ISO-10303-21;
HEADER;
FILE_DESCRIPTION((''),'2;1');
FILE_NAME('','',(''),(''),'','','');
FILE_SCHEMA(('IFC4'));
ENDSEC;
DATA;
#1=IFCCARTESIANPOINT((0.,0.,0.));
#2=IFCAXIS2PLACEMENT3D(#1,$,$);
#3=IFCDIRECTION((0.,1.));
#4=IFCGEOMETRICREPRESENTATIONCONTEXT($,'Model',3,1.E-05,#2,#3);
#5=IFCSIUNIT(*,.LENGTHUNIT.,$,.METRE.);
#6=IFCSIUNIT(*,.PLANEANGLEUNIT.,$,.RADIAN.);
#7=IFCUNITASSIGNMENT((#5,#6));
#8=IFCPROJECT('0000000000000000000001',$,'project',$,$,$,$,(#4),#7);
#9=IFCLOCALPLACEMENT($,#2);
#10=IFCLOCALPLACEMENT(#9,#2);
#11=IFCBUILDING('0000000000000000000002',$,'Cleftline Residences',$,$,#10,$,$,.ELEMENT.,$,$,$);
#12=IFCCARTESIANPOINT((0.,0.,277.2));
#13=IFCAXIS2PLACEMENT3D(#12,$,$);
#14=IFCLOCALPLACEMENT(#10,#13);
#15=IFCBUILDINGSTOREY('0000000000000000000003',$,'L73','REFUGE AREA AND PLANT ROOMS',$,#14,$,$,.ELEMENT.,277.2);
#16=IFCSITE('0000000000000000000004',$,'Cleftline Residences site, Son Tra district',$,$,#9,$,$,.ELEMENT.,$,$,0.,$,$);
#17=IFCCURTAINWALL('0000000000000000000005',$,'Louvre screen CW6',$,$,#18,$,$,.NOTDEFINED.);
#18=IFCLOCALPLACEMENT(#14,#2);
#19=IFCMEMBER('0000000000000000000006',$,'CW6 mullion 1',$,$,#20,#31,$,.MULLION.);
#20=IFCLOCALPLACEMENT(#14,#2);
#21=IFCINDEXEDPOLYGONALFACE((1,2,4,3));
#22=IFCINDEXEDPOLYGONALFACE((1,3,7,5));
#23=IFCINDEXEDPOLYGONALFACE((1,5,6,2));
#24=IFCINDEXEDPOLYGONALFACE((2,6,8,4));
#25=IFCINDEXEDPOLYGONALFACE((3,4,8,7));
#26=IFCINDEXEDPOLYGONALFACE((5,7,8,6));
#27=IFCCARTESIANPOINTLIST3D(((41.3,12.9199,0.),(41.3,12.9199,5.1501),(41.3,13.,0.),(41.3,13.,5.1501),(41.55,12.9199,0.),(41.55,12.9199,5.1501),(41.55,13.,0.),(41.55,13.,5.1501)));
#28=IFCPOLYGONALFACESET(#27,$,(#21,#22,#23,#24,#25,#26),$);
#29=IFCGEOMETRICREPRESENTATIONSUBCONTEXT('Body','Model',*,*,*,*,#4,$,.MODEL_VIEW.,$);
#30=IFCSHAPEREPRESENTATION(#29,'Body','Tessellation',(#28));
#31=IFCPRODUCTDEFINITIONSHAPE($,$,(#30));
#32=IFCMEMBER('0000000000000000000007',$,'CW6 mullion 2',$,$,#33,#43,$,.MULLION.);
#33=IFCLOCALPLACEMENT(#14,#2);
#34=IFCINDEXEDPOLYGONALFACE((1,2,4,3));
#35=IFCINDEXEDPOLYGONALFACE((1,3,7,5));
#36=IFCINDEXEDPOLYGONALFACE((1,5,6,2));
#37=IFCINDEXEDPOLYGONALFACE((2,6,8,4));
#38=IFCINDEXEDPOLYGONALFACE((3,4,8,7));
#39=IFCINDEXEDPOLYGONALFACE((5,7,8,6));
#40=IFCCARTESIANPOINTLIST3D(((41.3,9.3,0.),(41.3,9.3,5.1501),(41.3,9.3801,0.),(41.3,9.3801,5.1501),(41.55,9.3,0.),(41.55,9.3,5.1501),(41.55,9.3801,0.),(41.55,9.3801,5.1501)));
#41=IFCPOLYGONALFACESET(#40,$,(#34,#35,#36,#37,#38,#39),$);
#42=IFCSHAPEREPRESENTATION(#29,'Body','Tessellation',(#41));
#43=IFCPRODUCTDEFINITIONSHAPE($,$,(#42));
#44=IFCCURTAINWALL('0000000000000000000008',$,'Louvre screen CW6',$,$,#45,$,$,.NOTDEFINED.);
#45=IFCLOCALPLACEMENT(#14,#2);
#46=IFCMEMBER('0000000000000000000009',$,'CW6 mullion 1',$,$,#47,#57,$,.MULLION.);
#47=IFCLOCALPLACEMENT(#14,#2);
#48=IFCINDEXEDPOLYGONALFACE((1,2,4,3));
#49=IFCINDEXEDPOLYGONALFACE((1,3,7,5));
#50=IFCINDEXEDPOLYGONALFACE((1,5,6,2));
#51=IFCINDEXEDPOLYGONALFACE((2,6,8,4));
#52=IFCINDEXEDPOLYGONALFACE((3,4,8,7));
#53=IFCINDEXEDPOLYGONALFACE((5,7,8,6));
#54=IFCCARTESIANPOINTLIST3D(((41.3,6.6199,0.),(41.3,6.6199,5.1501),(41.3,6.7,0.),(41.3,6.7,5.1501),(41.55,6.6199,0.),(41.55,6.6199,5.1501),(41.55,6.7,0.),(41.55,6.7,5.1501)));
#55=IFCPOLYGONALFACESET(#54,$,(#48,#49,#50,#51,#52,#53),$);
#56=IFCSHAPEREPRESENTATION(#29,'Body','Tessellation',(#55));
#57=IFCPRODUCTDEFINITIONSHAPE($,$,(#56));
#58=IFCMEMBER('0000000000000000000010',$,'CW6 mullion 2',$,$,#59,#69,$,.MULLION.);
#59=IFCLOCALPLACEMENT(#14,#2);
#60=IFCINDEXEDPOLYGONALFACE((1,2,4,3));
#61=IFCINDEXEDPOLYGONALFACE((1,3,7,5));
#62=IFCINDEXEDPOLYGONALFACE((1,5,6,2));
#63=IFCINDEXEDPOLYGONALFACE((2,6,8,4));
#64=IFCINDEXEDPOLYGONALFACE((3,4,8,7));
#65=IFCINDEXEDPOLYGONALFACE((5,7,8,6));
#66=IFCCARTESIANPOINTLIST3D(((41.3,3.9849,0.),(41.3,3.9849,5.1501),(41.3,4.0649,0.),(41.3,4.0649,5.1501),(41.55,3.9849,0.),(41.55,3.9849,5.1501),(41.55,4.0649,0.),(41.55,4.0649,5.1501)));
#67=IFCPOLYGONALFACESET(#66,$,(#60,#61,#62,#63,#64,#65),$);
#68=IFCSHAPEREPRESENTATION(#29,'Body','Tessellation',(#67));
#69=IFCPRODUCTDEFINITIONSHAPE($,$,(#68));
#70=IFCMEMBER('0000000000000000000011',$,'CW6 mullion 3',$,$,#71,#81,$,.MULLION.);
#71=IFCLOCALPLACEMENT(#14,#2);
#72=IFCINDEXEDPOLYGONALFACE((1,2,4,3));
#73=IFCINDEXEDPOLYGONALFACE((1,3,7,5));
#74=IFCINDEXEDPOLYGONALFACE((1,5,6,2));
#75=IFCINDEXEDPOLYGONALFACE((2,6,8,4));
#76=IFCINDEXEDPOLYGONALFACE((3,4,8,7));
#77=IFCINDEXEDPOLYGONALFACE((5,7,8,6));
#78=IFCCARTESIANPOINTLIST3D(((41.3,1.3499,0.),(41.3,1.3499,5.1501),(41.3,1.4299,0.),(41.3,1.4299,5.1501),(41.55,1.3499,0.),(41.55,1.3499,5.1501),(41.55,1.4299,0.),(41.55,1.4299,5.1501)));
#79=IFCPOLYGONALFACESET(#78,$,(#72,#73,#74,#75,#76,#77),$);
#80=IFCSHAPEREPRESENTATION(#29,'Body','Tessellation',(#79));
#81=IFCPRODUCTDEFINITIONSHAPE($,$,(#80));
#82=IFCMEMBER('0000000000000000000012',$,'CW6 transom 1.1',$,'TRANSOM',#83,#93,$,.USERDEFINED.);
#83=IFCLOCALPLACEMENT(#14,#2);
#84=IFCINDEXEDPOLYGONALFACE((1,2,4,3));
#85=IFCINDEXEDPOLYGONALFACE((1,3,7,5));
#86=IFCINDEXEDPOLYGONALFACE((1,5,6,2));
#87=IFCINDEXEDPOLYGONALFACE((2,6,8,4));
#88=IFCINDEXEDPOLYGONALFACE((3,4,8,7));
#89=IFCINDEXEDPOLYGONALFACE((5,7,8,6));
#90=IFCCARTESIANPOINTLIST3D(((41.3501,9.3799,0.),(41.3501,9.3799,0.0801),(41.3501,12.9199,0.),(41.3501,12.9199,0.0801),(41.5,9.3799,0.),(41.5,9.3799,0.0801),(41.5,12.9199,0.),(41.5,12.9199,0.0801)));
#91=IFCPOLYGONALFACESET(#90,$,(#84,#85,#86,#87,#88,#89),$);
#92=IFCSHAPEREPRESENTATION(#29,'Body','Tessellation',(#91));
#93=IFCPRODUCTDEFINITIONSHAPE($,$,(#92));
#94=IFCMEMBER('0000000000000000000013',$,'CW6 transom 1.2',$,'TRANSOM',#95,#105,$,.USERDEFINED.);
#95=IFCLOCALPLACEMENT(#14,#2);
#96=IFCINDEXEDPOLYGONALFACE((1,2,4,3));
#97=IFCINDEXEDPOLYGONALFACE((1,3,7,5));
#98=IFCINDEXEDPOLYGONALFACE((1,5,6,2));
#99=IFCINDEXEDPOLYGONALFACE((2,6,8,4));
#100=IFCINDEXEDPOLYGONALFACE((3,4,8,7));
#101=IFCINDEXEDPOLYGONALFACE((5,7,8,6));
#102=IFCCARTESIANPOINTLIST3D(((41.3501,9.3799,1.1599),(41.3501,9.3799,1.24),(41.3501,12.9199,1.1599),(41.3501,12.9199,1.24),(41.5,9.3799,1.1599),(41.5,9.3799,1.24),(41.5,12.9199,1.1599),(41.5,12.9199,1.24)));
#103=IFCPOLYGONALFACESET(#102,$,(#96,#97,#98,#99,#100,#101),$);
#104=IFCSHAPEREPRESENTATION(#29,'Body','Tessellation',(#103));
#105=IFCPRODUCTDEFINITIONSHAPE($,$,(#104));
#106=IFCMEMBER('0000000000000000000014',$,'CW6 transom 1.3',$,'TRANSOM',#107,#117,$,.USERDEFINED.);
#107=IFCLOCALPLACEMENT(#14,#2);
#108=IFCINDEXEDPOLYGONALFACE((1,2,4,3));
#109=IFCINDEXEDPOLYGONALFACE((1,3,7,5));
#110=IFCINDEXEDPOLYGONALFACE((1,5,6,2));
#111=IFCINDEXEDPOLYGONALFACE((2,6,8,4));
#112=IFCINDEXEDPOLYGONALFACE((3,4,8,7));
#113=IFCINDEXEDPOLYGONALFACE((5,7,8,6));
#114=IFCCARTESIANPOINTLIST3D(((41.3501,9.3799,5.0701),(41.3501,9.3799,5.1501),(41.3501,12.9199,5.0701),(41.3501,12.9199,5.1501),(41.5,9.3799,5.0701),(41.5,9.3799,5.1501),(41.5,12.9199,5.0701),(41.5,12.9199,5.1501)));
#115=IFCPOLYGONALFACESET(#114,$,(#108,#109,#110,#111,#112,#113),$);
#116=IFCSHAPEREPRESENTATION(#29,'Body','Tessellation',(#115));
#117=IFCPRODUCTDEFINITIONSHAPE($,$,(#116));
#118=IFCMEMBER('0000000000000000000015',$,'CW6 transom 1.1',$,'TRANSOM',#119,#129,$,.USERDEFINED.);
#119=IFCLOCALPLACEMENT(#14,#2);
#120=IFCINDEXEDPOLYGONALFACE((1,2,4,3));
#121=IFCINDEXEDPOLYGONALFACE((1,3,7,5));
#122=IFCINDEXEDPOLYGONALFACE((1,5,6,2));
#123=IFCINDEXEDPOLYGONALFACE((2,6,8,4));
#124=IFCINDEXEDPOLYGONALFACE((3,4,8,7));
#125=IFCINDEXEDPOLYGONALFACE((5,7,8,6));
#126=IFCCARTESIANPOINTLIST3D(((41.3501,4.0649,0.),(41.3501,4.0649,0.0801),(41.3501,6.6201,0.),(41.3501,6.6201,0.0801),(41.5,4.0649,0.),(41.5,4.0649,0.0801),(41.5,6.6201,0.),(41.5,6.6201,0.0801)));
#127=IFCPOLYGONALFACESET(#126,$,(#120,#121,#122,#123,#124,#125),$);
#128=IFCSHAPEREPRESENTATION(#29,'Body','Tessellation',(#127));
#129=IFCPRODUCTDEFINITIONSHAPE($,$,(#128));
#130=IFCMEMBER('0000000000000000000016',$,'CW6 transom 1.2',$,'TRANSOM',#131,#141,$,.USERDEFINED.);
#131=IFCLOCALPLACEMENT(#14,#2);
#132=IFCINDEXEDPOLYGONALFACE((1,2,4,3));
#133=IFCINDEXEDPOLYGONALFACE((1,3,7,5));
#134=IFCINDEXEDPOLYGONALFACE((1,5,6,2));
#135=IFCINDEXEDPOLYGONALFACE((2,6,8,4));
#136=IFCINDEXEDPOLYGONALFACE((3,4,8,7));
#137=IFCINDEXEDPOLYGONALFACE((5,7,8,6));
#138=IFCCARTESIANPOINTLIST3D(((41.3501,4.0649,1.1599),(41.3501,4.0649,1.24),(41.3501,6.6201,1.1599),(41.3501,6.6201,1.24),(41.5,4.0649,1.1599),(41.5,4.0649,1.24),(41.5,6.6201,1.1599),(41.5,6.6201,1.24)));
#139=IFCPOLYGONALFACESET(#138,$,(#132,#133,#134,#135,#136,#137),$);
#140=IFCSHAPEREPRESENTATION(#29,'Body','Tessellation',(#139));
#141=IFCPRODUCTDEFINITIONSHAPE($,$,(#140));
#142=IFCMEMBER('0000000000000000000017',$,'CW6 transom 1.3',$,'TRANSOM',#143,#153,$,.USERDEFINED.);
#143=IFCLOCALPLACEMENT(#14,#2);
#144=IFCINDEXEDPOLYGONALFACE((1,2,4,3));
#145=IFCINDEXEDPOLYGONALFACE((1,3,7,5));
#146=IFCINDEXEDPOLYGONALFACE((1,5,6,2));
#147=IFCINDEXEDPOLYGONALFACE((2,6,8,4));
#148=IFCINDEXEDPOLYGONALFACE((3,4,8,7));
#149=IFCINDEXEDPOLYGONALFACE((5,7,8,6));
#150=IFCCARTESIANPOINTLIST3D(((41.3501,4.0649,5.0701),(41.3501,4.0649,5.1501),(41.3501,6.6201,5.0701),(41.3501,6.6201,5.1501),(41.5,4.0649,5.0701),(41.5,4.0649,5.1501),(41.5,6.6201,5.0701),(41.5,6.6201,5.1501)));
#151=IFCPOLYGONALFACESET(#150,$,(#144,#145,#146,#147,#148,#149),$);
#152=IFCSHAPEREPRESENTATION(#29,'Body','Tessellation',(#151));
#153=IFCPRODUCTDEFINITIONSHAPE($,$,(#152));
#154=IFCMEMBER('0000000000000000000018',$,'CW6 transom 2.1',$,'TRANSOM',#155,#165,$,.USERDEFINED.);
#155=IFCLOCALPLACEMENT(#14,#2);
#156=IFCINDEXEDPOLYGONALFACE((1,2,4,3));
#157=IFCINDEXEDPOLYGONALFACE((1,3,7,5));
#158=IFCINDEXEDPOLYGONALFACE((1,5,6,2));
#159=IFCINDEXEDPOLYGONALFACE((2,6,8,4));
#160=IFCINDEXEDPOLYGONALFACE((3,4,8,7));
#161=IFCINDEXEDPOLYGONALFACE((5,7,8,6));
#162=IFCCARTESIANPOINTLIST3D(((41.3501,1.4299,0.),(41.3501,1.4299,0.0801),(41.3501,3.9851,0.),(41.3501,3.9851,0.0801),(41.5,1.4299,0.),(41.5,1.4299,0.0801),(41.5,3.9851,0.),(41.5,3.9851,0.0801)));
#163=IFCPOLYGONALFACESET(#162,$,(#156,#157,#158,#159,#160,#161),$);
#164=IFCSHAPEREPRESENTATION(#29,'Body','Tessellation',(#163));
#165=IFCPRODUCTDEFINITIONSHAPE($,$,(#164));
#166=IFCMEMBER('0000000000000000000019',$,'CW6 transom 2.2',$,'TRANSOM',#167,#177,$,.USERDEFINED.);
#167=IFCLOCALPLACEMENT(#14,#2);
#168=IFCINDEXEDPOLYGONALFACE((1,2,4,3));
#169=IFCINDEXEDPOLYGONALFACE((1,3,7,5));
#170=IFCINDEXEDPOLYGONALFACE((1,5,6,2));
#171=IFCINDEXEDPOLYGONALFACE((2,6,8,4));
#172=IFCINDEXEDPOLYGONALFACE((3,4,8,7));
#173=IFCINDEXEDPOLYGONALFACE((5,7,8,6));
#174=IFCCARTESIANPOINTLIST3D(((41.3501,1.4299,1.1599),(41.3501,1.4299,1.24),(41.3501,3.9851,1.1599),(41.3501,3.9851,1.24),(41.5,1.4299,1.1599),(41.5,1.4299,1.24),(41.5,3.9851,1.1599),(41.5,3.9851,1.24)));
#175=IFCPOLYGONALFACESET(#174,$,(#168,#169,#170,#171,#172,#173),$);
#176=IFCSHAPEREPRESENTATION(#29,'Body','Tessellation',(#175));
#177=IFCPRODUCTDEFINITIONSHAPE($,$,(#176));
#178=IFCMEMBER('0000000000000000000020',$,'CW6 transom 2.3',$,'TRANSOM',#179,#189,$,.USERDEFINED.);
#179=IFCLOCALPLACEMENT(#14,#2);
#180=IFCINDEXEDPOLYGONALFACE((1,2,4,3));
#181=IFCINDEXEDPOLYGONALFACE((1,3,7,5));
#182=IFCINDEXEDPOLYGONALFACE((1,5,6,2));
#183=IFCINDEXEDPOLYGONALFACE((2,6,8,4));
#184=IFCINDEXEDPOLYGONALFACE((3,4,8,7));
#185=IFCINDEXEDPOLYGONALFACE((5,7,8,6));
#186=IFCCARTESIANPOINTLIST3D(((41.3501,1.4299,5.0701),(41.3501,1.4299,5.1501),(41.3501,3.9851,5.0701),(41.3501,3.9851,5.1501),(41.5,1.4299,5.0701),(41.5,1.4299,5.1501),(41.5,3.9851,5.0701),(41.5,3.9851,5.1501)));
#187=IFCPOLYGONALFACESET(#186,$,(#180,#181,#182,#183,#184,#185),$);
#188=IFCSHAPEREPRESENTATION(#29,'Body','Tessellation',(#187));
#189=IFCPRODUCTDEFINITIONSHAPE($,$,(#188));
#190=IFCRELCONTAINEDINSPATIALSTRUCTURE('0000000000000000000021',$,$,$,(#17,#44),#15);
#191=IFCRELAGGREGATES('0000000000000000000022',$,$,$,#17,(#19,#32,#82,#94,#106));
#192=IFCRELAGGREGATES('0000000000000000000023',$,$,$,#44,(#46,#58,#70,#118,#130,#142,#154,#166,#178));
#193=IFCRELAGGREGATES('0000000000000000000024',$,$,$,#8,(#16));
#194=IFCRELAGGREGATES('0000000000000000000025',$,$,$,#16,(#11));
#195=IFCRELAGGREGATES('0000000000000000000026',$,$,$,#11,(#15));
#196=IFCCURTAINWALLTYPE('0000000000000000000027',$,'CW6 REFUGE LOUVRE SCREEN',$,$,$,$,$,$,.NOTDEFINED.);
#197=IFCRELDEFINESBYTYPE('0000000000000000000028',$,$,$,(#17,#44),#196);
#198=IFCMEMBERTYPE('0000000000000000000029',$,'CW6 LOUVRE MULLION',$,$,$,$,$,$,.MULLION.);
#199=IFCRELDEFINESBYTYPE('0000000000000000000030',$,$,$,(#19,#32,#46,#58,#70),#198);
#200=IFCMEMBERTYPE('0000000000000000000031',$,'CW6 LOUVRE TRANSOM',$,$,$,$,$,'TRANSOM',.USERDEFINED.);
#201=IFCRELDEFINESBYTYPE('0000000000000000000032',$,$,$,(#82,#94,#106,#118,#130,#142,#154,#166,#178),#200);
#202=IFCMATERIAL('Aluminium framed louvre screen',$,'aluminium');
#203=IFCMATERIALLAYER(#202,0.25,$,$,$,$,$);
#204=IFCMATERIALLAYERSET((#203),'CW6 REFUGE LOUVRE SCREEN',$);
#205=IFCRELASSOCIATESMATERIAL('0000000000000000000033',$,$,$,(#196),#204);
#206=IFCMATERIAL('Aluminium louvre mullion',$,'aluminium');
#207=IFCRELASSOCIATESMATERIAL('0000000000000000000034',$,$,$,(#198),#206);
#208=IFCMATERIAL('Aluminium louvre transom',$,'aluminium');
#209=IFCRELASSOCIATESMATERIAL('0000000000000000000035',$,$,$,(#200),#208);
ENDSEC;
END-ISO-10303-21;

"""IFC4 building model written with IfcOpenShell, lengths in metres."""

from ifc_helpers import new_model, si_unit, direction, frame, origin, origin_2d, place, context, subcontext, project, spatial, rectangle, extrude, material, layer, layer_set, material_profile, profile_set, type_object, element, aggregate, save


model = new_model("IFC4")

# Units and contexts
model_context = context("Model", 3, precision=1e-05, world=origin(), true_north=direction((0.0, 1.0)))
body_context = subcontext(model_context, "Body", "Model", "MODEL_VIEW")
ifc_project = project(units=[si_unit("LENGTHUNIT", "METRE"), si_unit("PLANEANGLEUNIT", "RADIAN")], contexts=[model_context])

# Site, building, storey
site_placement = place(None, origin())
site = spatial("IfcSite", under=ifc_project, at=site_placement, Name="Cleftline Residences site, Son Tra district", CompositionType="ELEMENT", RefElevation=0.0)
building_placement = place(site_placement, origin())
building = spatial("IfcBuilding", under=site, at=building_placement, Name="Cleftline Residences", CompositionType="ELEMENT")
storey_placement = place(building_placement, frame((0.0, 0.0, 277.2)))
storey = spatial("IfcBuildingStorey", under=building, at=storey_placement, Name="L73", Description="REFUGE AREA AND PLANT ROOMS", CompositionType="ELEMENT", Elevation=277.2)

# Curtain walls, members
ifc_material_1 = material(Name="Aluminium framed louvre screen", Category="aluminium")
ifc_layer_1 = layer(ifc_material_1, 0.25)
ifc_layer_set_1 = layer_set([ifc_layer_1], Name="CW6 REFUGE LOUVRE SCREEN")
curtain_wall_type = type_object("IfcCurtainWallType", Name="CW6 REFUGE LOUVRE SCREEN", PredefinedType="NOTDEFINED", material=ifc_layer_set_1)
curtain_wall_1_placement = place(storey_placement, origin())
curtain_wall_1 = element("IfcCurtainWall", 1, at=curtain_wall_1_placement, inside=storey, type_object=curtain_wall_type, Name="Louvre screen CW6", PredefinedType="NOTDEFINED")
ifc_material_2 = material(Name="Aluminium louvre mullion", Category="aluminium")
ifc_material_profile_1 = material_profile(ifc_material_2, rectangle(XDim=0.25, YDim=0.0801, at=origin_2d()))
ifc_profile_set_1 = profile_set([ifc_material_profile_1], Name="Aluminium louvre mullion")
member_type_1 = type_object("IfcMemberType", Name="CW6 LOUVRE MULLION", PredefinedType="MULLION", material=ifc_profile_set_1)
member_1_placement = place(storey_placement, frame((41.425, 12.96, 0.0), z_axis=(0.0, 0.0, 1.0), x_axis=(1.0, 0.0, 0.0)))
member_1 = element("IfcMember", 2, at=member_1_placement, type_object=member_type_1, Name="CW6 mullion 1", PredefinedType="MULLION", context=body_context, shape_type="SweptSolid", body=[
    extrude(rectangle(XDim=0.25, YDim=0.0801, at=origin_2d()), origin(), (0.0, 0.0, 1.0), 5.1501),
])
member_2_placement = place(storey_placement, frame((41.425, 9.3401, 0.0), z_axis=(0.0, 0.0, 1.0), x_axis=(1.0, 0.0, 0.0)))
member_2 = element("IfcMember", 3, at=member_2_placement, type_object=member_type_1, Name="CW6 mullion 2", PredefinedType="MULLION", context=body_context, shape_type="SweptSolid", body=[
    extrude(rectangle(XDim=0.25, YDim=0.0801, at=origin_2d()), origin(), (0.0, 0.0, 1.0), 5.1501),
])
curtain_wall_2_placement = place(storey_placement, origin())
curtain_wall_2 = element("IfcCurtainWall", 4, at=curtain_wall_2_placement, inside=storey, type_object=curtain_wall_type, Name="Louvre screen CW6", PredefinedType="NOTDEFINED")
member_3_placement = place(storey_placement, frame((41.425, 6.6599, 0.0), z_axis=(0.0, 0.0, 1.0), x_axis=(1.0, 0.0, 0.0)))
member_3 = element("IfcMember", 5, at=member_3_placement, type_object=member_type_1, Name="CW6 mullion 1", PredefinedType="MULLION", context=body_context, shape_type="SweptSolid", body=[
    extrude(rectangle(XDim=0.25, YDim=0.0801, at=origin_2d()), origin(), (0.0, 0.0, 1.0), 5.1501),
])
member_4_placement = place(storey_placement, frame((41.425, 4.0249, 0.0), z_axis=(0.0, 0.0, 1.0), x_axis=(1.0, 0.0, 0.0)))
member_4 = element("IfcMember", 6, at=member_4_placement, type_object=member_type_1, Name="CW6 mullion 2", PredefinedType="MULLION", context=body_context, shape_type="SweptSolid", body=[
    extrude(rectangle(XDim=0.25, YDim=0.0801, at=origin_2d()), origin(), (0.0, 0.0, 1.0), 5.1501),
])
member_5_placement = place(storey_placement, frame((41.425, 1.3899, 0.0), z_axis=(0.0, 0.0, 1.0), x_axis=(1.0, 0.0, 0.0)))
member_5 = element("IfcMember", 7, at=member_5_placement, type_object=member_type_1, Name="CW6 mullion 3", PredefinedType="MULLION", context=body_context, shape_type="SweptSolid", body=[
    extrude(rectangle(XDim=0.25, YDim=0.0801, at=origin_2d()), origin(), (0.0, 0.0, 1.0), 5.1501),
])

# Members
ifc_material_3 = material(Name="Aluminium louvre transom", Category="aluminium")
ifc_material_profile_2 = material_profile(ifc_material_3, rectangle(XDim=0.1499, YDim=0.0801, at=origin_2d()))
ifc_profile_set_2 = profile_set([ifc_material_profile_2], Name="Aluminium louvre transom")
member_type_2 = type_object("IfcMemberType", Name="CW6 LOUVRE TRANSOM", ElementType="TRANSOM", PredefinedType="USERDEFINED", material=ifc_profile_set_2)
member_6_placement = place(storey_placement, frame((41.425, 12.9199, 0.04), z_axis=(0.0, -1.0, 0.0), x_axis=(1.0, 0.0, 0.0)))
member_6 = element("IfcMember", 8, at=member_6_placement, type_object=member_type_2, Name="CW6 transom 1.1", ObjectType="TRANSOM", PredefinedType="USERDEFINED", context=body_context, shape_type="SweptSolid", body=[
    extrude(rectangle(XDim=0.1499, YDim=0.0801, at=origin_2d()), origin(), (0.0, 0.0, 1.0), 3.54),
])
member_7_placement = place(storey_placement, frame((41.425, 12.9199, 1.2), z_axis=(0.0, -1.0, 0.0), x_axis=(1.0, 0.0, 0.0)))
member_7 = element("IfcMember", 9, at=member_7_placement, type_object=member_type_2, Name="CW6 transom 1.2", ObjectType="TRANSOM", PredefinedType="USERDEFINED", context=body_context, shape_type="SweptSolid", body=[
    extrude(rectangle(XDim=0.1499, YDim=0.0801, at=origin_2d()), origin(), (0.0, 0.0, 1.0), 3.54),
])
member_8_placement = place(storey_placement, frame((41.425, 12.9199, 5.1101), z_axis=(0.0, -1.0, 0.0), x_axis=(1.0, 0.0, 0.0)))
member_8 = element("IfcMember", 10, at=member_8_placement, type_object=member_type_2, Name="CW6 transom 1.3", ObjectType="TRANSOM", PredefinedType="USERDEFINED", context=body_context, shape_type="SweptSolid", body=[
    extrude(rectangle(XDim=0.1499, YDim=0.0801, at=origin_2d()), origin(), (0.0, 0.0, 1.0), 3.54),
])
member_9_placement = place(storey_placement, frame((41.425, 6.6201, 0.04), z_axis=(0.0, -1.0, 0.0), x_axis=(1.0, 0.0, 0.0)))
member_9 = element("IfcMember", 11, at=member_9_placement, type_object=member_type_2, Name="CW6 transom 1.1", ObjectType="TRANSOM", PredefinedType="USERDEFINED", context=body_context, shape_type="SweptSolid", body=[
    extrude(rectangle(XDim=0.1499, YDim=0.0801, at=origin_2d()), origin(), (0.0, 0.0, 1.0), 2.5552),
])
member_10_placement = place(storey_placement, frame((41.425, 6.6201, 1.2), z_axis=(0.0, -1.0, 0.0), x_axis=(1.0, 0.0, 0.0)))
member_10 = element("IfcMember", 12, at=member_10_placement, type_object=member_type_2, Name="CW6 transom 1.2", ObjectType="TRANSOM", PredefinedType="USERDEFINED", context=body_context, shape_type="SweptSolid", body=[
    extrude(rectangle(XDim=0.1499, YDim=0.0801, at=origin_2d()), origin(), (0.0, 0.0, 1.0), 2.5552),
])
member_11_placement = place(storey_placement, frame((41.425, 6.6201, 5.1101), z_axis=(0.0, -1.0, 0.0), x_axis=(1.0, 0.0, 0.0)))
member_11 = element("IfcMember", 13, at=member_11_placement, type_object=member_type_2, Name="CW6 transom 1.3", ObjectType="TRANSOM", PredefinedType="USERDEFINED", context=body_context, shape_type="SweptSolid", body=[
    extrude(rectangle(XDim=0.1499, YDim=0.0801, at=origin_2d()), origin(), (0.0, 0.0, 1.0), 2.5552),
])
member_12_placement = place(storey_placement, frame((41.425, 3.9851, 0.04), z_axis=(0.0, -1.0, 0.0), x_axis=(1.0, 0.0, 0.0)))
member_12 = element("IfcMember", 14, at=member_12_placement, type_object=member_type_2, Name="CW6 transom 2.1", ObjectType="TRANSOM", PredefinedType="USERDEFINED", context=body_context, shape_type="SweptSolid", body=[
    extrude(rectangle(XDim=0.1499, YDim=0.0801, at=origin_2d()), origin(), (0.0, 0.0, 1.0), 2.5552),
])
member_13_placement = place(storey_placement, frame((41.425, 3.9851, 1.2), z_axis=(0.0, -1.0, 0.0), x_axis=(1.0, 0.0, 0.0)))
member_13 = element("IfcMember", 15, at=member_13_placement, type_object=member_type_2, Name="CW6 transom 2.2", ObjectType="TRANSOM", PredefinedType="USERDEFINED", context=body_context, shape_type="SweptSolid", body=[
    extrude(rectangle(XDim=0.1499, YDim=0.0801, at=origin_2d()), origin(), (0.0, 0.0, 1.0), 2.5552),
])
member_14_placement = place(storey_placement, frame((41.425, 3.9851, 5.1101), z_axis=(0.0, -1.0, 0.0), x_axis=(1.0, 0.0, 0.0)))
member_14 = element("IfcMember", 16, at=member_14_placement, type_object=member_type_2, Name="CW6 transom 2.3", ObjectType="TRANSOM", PredefinedType="USERDEFINED", context=body_context, shape_type="SweptSolid", body=[
    extrude(rectangle(XDim=0.1499, YDim=0.0801, at=origin_2d()), origin(), (0.0, 0.0, 1.0), 2.5552),
])

aggregate(curtain_wall_1, [member_1, member_2, member_6, member_7, member_8])
aggregate(curtain_wall_2, [member_3, member_4, member_5, member_9, member_10, member_11, member_12, member_13, member_14])

save(model, "model.ifc")
